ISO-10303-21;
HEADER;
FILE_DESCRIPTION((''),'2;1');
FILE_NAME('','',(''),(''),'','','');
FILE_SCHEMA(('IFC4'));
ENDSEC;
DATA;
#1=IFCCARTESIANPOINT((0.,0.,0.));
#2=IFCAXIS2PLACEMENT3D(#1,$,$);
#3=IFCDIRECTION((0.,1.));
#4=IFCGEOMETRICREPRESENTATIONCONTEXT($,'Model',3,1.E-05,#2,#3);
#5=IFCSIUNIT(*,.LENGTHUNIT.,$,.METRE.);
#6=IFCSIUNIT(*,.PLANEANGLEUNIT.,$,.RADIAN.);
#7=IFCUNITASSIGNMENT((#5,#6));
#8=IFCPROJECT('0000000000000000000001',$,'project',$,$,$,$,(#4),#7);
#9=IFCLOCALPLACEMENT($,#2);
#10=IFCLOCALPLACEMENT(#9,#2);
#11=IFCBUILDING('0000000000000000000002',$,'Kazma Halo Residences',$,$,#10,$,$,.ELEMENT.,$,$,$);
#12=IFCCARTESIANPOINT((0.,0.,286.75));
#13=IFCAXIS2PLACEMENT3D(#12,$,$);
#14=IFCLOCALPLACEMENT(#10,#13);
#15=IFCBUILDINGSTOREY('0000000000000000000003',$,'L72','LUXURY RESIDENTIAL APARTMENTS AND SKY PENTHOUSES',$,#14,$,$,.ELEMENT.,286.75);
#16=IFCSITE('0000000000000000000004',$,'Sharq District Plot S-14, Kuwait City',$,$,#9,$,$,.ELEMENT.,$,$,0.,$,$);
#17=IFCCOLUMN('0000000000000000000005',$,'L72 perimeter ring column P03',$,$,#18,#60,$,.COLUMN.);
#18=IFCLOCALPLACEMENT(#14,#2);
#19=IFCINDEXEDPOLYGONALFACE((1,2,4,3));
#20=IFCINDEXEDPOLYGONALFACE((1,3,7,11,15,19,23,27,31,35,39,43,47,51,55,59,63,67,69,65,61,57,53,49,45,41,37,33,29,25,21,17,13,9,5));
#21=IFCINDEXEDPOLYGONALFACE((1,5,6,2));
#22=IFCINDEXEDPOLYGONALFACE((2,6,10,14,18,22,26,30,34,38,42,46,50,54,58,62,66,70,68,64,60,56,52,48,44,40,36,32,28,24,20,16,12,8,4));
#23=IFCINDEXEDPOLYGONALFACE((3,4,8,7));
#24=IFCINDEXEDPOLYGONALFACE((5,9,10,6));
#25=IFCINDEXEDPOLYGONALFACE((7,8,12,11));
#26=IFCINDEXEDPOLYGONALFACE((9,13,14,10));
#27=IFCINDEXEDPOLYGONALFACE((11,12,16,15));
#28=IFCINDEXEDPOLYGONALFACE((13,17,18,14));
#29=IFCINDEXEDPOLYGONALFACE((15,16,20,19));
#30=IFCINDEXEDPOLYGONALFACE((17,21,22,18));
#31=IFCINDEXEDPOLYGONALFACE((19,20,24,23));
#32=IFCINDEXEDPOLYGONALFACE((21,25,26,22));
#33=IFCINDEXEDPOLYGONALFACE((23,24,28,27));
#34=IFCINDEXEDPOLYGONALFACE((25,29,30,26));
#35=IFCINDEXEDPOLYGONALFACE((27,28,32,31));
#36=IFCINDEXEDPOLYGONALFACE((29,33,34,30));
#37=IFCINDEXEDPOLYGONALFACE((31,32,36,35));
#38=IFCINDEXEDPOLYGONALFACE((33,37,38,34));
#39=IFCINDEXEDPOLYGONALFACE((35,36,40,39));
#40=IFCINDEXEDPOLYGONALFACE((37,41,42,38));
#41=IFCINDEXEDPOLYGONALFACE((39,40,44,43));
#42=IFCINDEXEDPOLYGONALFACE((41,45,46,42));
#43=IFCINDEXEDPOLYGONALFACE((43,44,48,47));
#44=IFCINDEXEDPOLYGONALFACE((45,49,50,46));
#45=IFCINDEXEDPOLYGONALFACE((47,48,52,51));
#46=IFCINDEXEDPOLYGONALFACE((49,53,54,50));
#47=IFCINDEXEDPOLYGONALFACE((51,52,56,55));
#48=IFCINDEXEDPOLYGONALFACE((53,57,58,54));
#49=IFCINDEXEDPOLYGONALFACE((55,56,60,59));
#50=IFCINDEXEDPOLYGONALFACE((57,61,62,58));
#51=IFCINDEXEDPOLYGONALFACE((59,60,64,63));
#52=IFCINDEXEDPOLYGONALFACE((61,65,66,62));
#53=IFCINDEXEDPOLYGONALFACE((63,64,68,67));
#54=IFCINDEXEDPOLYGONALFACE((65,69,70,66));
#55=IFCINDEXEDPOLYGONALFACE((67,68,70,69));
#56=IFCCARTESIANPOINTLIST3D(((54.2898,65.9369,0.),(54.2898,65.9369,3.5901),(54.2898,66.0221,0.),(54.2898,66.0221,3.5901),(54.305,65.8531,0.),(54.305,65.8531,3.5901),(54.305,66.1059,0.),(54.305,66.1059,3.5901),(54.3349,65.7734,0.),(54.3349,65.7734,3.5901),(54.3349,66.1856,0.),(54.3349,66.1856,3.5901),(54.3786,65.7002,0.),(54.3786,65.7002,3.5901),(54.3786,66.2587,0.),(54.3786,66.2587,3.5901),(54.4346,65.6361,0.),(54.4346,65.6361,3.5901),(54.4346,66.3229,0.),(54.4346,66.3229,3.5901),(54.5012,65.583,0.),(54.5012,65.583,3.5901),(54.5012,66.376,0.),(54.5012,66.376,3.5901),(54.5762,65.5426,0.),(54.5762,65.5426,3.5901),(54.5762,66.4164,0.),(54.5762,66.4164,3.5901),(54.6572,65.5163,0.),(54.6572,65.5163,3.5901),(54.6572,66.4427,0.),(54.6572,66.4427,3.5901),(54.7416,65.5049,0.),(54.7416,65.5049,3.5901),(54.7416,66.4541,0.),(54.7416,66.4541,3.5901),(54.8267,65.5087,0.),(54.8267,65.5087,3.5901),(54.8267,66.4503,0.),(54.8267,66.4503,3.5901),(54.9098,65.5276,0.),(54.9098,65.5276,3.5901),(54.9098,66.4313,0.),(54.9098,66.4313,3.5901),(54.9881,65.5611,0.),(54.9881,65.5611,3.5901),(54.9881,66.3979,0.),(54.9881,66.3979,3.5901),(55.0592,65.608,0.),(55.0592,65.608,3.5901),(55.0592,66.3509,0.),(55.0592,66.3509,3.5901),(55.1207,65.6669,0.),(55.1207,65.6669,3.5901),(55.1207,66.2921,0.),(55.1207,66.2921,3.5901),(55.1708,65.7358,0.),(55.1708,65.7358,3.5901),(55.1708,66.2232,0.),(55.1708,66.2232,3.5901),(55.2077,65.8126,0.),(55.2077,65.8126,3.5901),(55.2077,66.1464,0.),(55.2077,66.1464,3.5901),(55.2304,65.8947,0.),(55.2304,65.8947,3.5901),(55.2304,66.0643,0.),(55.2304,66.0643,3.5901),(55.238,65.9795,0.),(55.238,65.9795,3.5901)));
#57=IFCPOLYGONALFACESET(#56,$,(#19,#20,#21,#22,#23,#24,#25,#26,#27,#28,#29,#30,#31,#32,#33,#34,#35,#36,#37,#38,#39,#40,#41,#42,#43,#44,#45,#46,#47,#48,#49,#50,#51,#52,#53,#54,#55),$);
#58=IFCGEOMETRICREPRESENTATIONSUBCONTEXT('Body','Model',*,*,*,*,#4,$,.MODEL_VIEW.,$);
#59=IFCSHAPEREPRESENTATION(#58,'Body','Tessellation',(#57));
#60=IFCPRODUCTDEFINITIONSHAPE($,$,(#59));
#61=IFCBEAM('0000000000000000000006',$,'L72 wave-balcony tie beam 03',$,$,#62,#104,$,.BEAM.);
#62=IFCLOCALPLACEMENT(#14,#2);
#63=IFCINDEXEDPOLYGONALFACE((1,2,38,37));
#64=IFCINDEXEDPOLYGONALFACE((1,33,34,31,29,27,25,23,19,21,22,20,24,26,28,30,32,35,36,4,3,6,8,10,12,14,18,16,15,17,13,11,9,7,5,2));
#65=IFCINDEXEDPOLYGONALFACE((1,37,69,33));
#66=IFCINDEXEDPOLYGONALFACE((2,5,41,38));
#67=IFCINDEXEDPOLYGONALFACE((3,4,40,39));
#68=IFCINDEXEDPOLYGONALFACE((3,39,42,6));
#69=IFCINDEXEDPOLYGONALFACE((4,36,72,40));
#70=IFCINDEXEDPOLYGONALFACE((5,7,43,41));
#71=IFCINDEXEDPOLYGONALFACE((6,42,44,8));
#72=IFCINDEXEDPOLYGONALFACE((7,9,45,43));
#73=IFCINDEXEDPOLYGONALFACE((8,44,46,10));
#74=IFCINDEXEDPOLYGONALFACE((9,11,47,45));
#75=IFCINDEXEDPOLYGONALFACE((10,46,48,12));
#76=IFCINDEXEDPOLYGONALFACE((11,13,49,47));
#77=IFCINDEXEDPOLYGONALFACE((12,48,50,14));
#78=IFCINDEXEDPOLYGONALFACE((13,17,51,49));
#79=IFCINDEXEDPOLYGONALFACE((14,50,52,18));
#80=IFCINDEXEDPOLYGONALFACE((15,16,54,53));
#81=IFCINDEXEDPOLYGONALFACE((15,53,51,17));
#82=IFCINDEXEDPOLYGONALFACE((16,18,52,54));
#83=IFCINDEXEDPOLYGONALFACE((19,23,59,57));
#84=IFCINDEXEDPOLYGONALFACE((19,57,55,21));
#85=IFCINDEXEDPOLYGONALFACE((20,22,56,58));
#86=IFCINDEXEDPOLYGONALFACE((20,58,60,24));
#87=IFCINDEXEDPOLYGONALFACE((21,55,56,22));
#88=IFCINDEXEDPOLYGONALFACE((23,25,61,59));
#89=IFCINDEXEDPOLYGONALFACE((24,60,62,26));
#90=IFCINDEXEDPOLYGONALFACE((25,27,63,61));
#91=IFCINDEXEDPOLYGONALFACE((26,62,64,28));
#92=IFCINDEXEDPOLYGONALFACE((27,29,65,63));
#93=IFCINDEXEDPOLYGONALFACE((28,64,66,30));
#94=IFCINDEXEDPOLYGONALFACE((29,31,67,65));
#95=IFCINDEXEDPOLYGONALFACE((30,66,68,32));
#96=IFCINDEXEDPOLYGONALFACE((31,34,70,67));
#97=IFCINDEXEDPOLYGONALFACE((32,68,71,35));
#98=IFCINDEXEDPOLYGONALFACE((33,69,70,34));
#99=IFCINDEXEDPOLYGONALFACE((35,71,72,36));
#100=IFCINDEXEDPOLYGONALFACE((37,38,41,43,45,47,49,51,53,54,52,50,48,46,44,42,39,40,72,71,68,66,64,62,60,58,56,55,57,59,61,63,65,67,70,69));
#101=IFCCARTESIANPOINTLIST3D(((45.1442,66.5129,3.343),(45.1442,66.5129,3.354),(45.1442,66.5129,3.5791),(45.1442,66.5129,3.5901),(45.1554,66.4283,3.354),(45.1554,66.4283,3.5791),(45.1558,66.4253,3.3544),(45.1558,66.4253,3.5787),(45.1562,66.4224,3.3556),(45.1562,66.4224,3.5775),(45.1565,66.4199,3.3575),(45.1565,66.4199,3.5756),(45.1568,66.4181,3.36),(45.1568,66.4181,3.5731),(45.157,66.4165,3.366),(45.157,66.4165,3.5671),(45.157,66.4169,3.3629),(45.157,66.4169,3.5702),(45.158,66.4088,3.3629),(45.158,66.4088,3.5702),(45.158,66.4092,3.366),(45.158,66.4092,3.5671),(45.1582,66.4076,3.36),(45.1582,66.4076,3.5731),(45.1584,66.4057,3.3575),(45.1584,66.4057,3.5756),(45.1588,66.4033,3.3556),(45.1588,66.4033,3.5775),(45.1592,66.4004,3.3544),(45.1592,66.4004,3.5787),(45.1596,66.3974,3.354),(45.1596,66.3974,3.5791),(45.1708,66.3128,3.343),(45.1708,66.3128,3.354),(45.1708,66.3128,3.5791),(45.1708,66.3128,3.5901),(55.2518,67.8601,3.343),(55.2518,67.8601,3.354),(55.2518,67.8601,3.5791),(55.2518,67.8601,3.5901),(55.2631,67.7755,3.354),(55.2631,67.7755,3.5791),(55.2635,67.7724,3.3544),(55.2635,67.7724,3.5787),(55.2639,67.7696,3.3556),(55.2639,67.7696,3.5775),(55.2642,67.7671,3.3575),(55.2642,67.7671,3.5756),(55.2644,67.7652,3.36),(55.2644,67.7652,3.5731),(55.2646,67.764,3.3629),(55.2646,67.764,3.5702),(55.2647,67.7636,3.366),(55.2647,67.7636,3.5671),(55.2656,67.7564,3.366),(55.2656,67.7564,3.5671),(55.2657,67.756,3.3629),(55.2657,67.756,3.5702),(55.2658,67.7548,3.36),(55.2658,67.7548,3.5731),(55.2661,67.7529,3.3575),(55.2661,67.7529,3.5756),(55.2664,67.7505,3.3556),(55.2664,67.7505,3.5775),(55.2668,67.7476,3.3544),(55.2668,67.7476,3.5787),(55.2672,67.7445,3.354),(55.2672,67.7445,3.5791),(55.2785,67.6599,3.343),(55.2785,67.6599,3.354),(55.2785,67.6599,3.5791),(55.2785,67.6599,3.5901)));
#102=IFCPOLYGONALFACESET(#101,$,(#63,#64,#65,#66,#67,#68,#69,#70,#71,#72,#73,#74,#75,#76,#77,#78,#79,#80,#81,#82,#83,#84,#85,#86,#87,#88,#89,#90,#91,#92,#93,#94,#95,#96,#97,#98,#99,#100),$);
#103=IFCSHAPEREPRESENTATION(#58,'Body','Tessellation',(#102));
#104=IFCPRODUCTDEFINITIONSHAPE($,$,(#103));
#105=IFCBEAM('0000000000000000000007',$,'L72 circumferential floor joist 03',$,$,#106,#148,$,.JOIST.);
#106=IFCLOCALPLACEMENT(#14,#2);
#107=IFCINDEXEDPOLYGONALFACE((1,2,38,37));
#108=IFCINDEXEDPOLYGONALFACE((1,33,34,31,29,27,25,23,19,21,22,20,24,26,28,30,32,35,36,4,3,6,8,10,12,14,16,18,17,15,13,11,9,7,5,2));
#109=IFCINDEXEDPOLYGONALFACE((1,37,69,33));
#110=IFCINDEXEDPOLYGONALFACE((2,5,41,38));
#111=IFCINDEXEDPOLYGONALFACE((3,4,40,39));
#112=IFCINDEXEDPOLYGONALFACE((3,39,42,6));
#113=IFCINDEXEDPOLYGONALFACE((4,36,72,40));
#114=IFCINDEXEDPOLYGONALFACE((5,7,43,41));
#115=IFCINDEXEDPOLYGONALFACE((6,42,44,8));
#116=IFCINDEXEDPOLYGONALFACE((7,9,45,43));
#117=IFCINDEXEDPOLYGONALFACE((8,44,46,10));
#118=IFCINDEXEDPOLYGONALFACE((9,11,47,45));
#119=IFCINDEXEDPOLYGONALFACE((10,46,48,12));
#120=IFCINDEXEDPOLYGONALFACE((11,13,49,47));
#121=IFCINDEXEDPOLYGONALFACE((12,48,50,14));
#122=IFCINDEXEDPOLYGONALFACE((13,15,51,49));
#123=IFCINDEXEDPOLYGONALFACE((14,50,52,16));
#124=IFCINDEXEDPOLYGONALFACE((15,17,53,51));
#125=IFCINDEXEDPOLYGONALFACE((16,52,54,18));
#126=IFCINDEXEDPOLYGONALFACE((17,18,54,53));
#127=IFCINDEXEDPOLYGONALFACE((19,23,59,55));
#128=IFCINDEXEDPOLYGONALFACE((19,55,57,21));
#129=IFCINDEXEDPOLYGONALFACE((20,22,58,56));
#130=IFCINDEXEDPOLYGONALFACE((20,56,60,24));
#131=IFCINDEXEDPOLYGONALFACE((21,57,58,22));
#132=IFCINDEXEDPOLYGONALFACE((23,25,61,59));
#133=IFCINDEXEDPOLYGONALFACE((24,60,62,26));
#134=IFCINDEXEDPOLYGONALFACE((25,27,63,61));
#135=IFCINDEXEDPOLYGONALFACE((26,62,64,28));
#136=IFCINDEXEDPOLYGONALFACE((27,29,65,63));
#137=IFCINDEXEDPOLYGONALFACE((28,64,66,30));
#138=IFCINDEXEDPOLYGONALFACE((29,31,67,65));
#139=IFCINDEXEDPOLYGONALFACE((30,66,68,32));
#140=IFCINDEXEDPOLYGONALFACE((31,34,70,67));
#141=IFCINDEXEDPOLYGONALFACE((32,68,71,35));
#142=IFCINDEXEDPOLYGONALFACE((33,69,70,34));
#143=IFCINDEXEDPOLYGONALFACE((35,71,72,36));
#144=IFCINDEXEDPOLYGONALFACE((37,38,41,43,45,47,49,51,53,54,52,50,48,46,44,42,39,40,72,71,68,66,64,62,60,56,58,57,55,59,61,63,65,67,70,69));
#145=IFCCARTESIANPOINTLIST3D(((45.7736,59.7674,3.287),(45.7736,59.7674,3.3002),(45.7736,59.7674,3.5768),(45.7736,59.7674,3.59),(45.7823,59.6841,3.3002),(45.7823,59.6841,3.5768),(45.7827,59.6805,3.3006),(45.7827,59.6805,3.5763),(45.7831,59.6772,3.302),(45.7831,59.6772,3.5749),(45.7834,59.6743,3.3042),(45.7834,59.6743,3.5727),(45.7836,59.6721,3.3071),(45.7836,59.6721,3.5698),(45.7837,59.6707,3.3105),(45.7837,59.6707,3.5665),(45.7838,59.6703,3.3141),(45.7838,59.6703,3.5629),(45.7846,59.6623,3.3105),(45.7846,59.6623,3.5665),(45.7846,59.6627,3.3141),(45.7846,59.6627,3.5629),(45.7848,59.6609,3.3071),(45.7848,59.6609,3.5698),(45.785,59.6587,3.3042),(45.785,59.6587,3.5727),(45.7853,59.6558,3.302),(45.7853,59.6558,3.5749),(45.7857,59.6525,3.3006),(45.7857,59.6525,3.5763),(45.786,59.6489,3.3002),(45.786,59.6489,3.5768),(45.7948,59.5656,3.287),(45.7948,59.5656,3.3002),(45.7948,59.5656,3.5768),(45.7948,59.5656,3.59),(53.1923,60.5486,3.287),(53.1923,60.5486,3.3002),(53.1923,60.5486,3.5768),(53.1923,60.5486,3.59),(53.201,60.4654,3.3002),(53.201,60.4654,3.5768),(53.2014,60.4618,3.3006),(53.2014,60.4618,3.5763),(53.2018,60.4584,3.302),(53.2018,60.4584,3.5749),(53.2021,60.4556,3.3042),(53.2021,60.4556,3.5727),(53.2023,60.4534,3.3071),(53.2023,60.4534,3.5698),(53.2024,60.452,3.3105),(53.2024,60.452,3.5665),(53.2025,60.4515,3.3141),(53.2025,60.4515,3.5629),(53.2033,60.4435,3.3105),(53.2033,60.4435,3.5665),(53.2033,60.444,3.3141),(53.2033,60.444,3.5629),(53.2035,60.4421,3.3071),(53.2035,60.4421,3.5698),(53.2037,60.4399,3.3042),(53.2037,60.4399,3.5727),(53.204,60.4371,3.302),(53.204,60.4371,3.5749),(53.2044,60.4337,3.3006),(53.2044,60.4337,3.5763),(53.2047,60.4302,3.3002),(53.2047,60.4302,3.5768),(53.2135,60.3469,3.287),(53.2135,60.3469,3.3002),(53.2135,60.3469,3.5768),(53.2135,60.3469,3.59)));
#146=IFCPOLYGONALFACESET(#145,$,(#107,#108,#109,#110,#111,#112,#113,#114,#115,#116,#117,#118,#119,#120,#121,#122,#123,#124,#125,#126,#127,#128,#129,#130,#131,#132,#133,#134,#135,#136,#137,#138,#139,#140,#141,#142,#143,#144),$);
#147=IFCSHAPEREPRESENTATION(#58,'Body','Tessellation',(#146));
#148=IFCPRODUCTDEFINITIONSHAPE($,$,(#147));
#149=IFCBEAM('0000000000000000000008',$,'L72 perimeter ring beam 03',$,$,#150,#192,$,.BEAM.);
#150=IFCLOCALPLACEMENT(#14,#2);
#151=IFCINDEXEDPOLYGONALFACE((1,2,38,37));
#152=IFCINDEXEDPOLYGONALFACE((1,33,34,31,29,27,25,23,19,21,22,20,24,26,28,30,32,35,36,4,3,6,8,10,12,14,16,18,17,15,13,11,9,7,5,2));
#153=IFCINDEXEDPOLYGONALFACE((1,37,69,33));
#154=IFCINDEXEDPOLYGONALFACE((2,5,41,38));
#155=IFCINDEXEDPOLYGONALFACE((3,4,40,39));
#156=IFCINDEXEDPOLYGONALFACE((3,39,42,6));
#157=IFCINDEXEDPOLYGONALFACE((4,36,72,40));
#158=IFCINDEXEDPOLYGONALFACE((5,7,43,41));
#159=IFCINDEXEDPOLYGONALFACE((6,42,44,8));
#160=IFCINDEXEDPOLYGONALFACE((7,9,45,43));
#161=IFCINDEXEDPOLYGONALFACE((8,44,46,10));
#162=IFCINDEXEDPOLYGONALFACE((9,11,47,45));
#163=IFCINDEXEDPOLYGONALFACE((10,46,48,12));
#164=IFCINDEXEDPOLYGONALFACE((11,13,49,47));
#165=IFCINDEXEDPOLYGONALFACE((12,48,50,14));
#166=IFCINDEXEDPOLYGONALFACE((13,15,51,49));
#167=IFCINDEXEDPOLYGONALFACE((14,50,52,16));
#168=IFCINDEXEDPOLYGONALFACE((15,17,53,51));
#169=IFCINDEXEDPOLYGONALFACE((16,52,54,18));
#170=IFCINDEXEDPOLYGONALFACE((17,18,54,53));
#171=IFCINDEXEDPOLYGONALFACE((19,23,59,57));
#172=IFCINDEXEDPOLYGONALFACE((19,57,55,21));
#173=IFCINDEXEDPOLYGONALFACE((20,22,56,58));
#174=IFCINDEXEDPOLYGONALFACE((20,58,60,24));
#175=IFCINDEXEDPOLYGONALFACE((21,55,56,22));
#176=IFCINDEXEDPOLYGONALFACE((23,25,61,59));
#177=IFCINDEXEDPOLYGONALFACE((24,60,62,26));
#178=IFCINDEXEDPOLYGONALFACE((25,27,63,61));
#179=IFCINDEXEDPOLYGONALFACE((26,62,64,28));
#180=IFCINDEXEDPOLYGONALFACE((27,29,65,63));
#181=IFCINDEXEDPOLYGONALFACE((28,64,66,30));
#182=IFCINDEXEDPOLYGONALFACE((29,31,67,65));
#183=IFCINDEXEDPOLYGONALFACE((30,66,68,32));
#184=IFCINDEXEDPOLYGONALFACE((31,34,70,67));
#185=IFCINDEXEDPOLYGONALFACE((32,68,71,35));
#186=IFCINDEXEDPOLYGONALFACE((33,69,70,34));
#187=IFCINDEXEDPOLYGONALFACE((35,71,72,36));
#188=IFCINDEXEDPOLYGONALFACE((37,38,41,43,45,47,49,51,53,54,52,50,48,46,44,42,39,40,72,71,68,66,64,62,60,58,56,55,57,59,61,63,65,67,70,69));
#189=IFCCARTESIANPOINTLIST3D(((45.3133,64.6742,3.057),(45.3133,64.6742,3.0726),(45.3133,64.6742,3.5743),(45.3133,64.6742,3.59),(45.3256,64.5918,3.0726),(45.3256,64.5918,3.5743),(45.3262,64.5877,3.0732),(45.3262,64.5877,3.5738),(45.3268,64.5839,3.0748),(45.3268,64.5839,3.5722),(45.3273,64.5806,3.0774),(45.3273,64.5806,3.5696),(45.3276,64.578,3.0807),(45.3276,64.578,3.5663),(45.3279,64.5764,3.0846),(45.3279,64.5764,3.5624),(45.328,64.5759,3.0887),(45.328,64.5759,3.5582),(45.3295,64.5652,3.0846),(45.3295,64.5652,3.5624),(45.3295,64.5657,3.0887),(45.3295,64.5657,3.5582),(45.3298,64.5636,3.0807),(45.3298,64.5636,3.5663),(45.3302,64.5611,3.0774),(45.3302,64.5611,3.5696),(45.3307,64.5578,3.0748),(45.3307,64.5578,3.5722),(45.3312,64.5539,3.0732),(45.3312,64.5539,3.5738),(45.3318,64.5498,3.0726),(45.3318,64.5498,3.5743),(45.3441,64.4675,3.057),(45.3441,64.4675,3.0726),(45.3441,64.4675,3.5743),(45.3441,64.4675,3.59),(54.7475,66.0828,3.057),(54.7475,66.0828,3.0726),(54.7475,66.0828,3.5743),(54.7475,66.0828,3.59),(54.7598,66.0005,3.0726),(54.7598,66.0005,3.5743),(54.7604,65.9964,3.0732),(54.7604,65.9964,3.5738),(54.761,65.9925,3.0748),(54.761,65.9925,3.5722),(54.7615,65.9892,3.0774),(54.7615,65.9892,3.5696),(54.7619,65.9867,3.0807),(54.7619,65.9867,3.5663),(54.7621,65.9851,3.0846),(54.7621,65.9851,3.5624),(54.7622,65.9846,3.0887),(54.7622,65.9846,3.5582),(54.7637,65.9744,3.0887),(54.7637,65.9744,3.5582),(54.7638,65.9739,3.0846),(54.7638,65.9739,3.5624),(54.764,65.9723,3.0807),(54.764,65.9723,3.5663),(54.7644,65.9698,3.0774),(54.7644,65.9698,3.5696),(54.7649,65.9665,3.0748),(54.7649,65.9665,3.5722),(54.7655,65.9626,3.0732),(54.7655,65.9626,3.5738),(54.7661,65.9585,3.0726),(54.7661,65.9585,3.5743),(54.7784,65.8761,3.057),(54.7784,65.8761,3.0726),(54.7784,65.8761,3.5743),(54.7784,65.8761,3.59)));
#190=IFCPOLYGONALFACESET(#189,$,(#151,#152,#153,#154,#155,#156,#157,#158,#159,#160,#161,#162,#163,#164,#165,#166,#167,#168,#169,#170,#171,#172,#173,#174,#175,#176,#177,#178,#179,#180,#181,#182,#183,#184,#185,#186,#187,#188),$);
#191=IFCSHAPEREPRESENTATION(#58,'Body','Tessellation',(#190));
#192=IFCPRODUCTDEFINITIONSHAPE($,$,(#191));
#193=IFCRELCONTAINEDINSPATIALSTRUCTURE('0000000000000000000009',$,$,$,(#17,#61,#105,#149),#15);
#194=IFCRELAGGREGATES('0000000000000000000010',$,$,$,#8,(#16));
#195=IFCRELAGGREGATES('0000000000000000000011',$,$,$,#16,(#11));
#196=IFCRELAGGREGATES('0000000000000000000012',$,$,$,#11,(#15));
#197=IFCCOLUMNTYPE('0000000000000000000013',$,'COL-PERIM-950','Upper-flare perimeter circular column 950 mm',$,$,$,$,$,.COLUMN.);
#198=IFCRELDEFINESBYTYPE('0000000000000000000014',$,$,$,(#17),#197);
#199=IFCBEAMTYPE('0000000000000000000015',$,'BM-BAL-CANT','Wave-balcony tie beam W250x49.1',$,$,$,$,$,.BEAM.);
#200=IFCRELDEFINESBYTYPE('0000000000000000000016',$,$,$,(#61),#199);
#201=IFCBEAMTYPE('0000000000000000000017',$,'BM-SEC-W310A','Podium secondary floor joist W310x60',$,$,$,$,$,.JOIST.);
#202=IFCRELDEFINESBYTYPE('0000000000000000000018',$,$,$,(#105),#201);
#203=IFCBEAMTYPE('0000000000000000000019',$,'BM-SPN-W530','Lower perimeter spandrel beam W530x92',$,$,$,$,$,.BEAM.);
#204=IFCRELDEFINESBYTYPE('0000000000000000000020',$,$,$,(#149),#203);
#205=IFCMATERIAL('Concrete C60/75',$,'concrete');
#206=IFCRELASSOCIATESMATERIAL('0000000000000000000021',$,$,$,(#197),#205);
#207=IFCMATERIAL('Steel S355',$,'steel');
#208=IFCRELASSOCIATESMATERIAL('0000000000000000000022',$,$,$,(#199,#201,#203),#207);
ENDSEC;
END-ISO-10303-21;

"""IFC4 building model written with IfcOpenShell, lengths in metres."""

from ifc_helpers import new_model, si_unit, direction, frame, origin, origin_2d, place, context, subcontext, project, spatial, circle, i_section, extrude, material, material_profile, profile_set, type_object, element, save


model = new_model("IFC4")

# Units and contexts
model_context = context("Model", 3, precision=1e-05, world=origin(), true_north=direction((0.0, 1.0)))
body_context = subcontext(model_context, "Body", "Model", "MODEL_VIEW")
ifc_project = project(units=[si_unit("LENGTHUNIT", "METRE"), si_unit("PLANEANGLEUNIT", "RADIAN")], contexts=[model_context])

# Site, building, storey
site_placement = place(None, origin())
site = spatial("IfcSite", under=ifc_project, at=site_placement, Name="Sharq District Plot S-14, Kuwait City", CompositionType="ELEMENT", RefElevation=0.0)
building_placement = place(site_placement, origin())
building = spatial("IfcBuilding", under=site, at=building_placement, Name="Kazma Halo Residences", CompositionType="ELEMENT")
storey_placement = place(building_placement, frame((0.0, 0.0, 286.75)))
storey = spatial("IfcBuildingStorey", under=building, at=storey_placement, Name="L72", Description="LUXURY RESIDENTIAL APARTMENTS AND SKY PENTHOUSES", CompositionType="ELEMENT", Elevation=286.75)

# Column
ifc_material_1 = material(Name="Concrete C60/75", Category="concrete")
ifc_material_profile_1 = material_profile(ifc_material_1, circle(Radius=0.4751, at=origin_2d()), Name="CIRC950")
ifc_profile_set_1 = profile_set([ifc_material_profile_1], Name="Concrete C60/75")
column_type = type_object("IfcColumnType", Name="COL-PERIM-950", Description="Upper-flare perimeter circular column 950 mm", PredefinedType="COLUMN", material=ifc_profile_set_1)
column_placement = place(storey_placement, frame((54.7629, 65.9795, 0.0), z_axis=(0.0, 0.0, 1.0), x_axis=(1.0, 0.0, 0.0)))
element("IfcColumn", 1, at=column_placement, inside=storey, type_object=column_type, Name="L72 perimeter ring column P03", PredefinedType="COLUMN", context=body_context, shape_type="SweptSolid", body=[
    extrude(circle(Radius=0.4751, at=origin_2d()), origin(), (0.0, 0.0, 1.0), 3.5901),
])

# Beams
ifc_material_2 = material(Name="Steel S355", Category="steel")
ifc_material_profile_2 = material_profile(ifc_material_2, i_section(OverallWidth=0.2019, OverallDepth=0.2471, WebThickness=0.0073, FlangeThickness=0.011, FilletRadius=0.012, at=origin_2d()), Name="W250x49.1")
ifc_profile_set_2 = profile_set([ifc_material_profile_2], Name="Steel S355")
beam_type_1 = type_object("IfcBeamType", Name="BM-BAL-CANT", Description="Wave-balcony tie beam W250x49.1", PredefinedType="BEAM", material=ifc_profile_set_2)
beam_1_placement = place(storey_placement, frame((55.2651, 67.76, 3.4666), z_axis=(-0.991235, -0.132114, 0.0), x_axis=(0.132114, -0.991235, 0.0)))
element("IfcBeam", 2, at=beam_1_placement, inside=storey, type_object=beam_type_1, Name="L72 wave-balcony tie beam 03", PredefinedType="BEAM", context=body_context, shape_type="SweptSolid", body=[
    extrude(i_section(OverallWidth=0.2019, OverallDepth=0.2471, WebThickness=0.0073, FlangeThickness=0.011, FilletRadius=0.012, at=origin_2d()), origin(), (0.0, 0.0, 1.0), 10.197),
])
ifc_material_profile_3 = material_profile(ifc_material_2, i_section(OverallWidth=0.2029, OverallDepth=0.303, WebThickness=0.0076, FlangeThickness=0.0132, FilletRadius=0.0139, at=origin_2d()), Name="W310x60")
ifc_profile_set_3 = profile_set([ifc_material_profile_3], Name="Steel S355")
beam_type_2 = type_object("IfcBeamType", Name="BM-SEC-W310A", Description="Podium secondary floor joist W310x60", PredefinedType="JOIST", material=ifc_profile_set_3)
beam_2_placement = place(storey_placement, frame((53.2029, 60.4478, 3.4385), z_axis=(-0.994501, -0.104729, 0.0), x_axis=(0.104729, -0.994501, 0.0)))
element("IfcBeam", 3, at=beam_2_placement, inside=storey, type_object=beam_type_2, Name="L72 circumferential floor joist 03", PredefinedType="JOIST", context=body_context, shape_type="SweptSolid", body=[
    extrude(i_section(OverallWidth=0.2029, OverallDepth=0.303, WebThickness=0.0076, FlangeThickness=0.0132, FilletRadius=0.0139, at=origin_2d()), origin(), (0.0, 0.0, 1.0), 7.4597),
])
ifc_material_profile_4 = material_profile(ifc_material_2, i_section(OverallWidth=0.209, OverallDepth=0.533, WebThickness=0.0103, FlangeThickness=0.0156, FilletRadius=0.0161, at=origin_2d()), Name="W530x92")
ifc_profile_set_4 = profile_set([ifc_material_profile_4], Name="Steel S355")
beam_type_3 = type_object("IfcBeamType", Name="BM-SPN-W530", Description="Lower perimeter spandrel beam W530x92", PredefinedType="BEAM", material=ifc_profile_set_4)
beam_3_placement = place(storey_placement, frame((54.7629, 65.9795, 3.3235), z_axis=(-0.989035, -0.147678, 0.0), x_axis=(0.147678, -0.989035, 0.0)))
element("IfcBeam", 4, at=beam_3_placement, inside=storey, type_object=beam_type_3, Name="L72 perimeter ring beam 03", PredefinedType="BEAM", context=body_context, shape_type="SweptSolid", body=[
    extrude(i_section(OverallWidth=0.209, OverallDepth=0.533, WebThickness=0.0103, FlangeThickness=0.0156, FilletRadius=0.0161, at=origin_2d()), origin(), (0.0, 0.0, 1.0), 9.5388),
])

save(model, "model.ifc")
